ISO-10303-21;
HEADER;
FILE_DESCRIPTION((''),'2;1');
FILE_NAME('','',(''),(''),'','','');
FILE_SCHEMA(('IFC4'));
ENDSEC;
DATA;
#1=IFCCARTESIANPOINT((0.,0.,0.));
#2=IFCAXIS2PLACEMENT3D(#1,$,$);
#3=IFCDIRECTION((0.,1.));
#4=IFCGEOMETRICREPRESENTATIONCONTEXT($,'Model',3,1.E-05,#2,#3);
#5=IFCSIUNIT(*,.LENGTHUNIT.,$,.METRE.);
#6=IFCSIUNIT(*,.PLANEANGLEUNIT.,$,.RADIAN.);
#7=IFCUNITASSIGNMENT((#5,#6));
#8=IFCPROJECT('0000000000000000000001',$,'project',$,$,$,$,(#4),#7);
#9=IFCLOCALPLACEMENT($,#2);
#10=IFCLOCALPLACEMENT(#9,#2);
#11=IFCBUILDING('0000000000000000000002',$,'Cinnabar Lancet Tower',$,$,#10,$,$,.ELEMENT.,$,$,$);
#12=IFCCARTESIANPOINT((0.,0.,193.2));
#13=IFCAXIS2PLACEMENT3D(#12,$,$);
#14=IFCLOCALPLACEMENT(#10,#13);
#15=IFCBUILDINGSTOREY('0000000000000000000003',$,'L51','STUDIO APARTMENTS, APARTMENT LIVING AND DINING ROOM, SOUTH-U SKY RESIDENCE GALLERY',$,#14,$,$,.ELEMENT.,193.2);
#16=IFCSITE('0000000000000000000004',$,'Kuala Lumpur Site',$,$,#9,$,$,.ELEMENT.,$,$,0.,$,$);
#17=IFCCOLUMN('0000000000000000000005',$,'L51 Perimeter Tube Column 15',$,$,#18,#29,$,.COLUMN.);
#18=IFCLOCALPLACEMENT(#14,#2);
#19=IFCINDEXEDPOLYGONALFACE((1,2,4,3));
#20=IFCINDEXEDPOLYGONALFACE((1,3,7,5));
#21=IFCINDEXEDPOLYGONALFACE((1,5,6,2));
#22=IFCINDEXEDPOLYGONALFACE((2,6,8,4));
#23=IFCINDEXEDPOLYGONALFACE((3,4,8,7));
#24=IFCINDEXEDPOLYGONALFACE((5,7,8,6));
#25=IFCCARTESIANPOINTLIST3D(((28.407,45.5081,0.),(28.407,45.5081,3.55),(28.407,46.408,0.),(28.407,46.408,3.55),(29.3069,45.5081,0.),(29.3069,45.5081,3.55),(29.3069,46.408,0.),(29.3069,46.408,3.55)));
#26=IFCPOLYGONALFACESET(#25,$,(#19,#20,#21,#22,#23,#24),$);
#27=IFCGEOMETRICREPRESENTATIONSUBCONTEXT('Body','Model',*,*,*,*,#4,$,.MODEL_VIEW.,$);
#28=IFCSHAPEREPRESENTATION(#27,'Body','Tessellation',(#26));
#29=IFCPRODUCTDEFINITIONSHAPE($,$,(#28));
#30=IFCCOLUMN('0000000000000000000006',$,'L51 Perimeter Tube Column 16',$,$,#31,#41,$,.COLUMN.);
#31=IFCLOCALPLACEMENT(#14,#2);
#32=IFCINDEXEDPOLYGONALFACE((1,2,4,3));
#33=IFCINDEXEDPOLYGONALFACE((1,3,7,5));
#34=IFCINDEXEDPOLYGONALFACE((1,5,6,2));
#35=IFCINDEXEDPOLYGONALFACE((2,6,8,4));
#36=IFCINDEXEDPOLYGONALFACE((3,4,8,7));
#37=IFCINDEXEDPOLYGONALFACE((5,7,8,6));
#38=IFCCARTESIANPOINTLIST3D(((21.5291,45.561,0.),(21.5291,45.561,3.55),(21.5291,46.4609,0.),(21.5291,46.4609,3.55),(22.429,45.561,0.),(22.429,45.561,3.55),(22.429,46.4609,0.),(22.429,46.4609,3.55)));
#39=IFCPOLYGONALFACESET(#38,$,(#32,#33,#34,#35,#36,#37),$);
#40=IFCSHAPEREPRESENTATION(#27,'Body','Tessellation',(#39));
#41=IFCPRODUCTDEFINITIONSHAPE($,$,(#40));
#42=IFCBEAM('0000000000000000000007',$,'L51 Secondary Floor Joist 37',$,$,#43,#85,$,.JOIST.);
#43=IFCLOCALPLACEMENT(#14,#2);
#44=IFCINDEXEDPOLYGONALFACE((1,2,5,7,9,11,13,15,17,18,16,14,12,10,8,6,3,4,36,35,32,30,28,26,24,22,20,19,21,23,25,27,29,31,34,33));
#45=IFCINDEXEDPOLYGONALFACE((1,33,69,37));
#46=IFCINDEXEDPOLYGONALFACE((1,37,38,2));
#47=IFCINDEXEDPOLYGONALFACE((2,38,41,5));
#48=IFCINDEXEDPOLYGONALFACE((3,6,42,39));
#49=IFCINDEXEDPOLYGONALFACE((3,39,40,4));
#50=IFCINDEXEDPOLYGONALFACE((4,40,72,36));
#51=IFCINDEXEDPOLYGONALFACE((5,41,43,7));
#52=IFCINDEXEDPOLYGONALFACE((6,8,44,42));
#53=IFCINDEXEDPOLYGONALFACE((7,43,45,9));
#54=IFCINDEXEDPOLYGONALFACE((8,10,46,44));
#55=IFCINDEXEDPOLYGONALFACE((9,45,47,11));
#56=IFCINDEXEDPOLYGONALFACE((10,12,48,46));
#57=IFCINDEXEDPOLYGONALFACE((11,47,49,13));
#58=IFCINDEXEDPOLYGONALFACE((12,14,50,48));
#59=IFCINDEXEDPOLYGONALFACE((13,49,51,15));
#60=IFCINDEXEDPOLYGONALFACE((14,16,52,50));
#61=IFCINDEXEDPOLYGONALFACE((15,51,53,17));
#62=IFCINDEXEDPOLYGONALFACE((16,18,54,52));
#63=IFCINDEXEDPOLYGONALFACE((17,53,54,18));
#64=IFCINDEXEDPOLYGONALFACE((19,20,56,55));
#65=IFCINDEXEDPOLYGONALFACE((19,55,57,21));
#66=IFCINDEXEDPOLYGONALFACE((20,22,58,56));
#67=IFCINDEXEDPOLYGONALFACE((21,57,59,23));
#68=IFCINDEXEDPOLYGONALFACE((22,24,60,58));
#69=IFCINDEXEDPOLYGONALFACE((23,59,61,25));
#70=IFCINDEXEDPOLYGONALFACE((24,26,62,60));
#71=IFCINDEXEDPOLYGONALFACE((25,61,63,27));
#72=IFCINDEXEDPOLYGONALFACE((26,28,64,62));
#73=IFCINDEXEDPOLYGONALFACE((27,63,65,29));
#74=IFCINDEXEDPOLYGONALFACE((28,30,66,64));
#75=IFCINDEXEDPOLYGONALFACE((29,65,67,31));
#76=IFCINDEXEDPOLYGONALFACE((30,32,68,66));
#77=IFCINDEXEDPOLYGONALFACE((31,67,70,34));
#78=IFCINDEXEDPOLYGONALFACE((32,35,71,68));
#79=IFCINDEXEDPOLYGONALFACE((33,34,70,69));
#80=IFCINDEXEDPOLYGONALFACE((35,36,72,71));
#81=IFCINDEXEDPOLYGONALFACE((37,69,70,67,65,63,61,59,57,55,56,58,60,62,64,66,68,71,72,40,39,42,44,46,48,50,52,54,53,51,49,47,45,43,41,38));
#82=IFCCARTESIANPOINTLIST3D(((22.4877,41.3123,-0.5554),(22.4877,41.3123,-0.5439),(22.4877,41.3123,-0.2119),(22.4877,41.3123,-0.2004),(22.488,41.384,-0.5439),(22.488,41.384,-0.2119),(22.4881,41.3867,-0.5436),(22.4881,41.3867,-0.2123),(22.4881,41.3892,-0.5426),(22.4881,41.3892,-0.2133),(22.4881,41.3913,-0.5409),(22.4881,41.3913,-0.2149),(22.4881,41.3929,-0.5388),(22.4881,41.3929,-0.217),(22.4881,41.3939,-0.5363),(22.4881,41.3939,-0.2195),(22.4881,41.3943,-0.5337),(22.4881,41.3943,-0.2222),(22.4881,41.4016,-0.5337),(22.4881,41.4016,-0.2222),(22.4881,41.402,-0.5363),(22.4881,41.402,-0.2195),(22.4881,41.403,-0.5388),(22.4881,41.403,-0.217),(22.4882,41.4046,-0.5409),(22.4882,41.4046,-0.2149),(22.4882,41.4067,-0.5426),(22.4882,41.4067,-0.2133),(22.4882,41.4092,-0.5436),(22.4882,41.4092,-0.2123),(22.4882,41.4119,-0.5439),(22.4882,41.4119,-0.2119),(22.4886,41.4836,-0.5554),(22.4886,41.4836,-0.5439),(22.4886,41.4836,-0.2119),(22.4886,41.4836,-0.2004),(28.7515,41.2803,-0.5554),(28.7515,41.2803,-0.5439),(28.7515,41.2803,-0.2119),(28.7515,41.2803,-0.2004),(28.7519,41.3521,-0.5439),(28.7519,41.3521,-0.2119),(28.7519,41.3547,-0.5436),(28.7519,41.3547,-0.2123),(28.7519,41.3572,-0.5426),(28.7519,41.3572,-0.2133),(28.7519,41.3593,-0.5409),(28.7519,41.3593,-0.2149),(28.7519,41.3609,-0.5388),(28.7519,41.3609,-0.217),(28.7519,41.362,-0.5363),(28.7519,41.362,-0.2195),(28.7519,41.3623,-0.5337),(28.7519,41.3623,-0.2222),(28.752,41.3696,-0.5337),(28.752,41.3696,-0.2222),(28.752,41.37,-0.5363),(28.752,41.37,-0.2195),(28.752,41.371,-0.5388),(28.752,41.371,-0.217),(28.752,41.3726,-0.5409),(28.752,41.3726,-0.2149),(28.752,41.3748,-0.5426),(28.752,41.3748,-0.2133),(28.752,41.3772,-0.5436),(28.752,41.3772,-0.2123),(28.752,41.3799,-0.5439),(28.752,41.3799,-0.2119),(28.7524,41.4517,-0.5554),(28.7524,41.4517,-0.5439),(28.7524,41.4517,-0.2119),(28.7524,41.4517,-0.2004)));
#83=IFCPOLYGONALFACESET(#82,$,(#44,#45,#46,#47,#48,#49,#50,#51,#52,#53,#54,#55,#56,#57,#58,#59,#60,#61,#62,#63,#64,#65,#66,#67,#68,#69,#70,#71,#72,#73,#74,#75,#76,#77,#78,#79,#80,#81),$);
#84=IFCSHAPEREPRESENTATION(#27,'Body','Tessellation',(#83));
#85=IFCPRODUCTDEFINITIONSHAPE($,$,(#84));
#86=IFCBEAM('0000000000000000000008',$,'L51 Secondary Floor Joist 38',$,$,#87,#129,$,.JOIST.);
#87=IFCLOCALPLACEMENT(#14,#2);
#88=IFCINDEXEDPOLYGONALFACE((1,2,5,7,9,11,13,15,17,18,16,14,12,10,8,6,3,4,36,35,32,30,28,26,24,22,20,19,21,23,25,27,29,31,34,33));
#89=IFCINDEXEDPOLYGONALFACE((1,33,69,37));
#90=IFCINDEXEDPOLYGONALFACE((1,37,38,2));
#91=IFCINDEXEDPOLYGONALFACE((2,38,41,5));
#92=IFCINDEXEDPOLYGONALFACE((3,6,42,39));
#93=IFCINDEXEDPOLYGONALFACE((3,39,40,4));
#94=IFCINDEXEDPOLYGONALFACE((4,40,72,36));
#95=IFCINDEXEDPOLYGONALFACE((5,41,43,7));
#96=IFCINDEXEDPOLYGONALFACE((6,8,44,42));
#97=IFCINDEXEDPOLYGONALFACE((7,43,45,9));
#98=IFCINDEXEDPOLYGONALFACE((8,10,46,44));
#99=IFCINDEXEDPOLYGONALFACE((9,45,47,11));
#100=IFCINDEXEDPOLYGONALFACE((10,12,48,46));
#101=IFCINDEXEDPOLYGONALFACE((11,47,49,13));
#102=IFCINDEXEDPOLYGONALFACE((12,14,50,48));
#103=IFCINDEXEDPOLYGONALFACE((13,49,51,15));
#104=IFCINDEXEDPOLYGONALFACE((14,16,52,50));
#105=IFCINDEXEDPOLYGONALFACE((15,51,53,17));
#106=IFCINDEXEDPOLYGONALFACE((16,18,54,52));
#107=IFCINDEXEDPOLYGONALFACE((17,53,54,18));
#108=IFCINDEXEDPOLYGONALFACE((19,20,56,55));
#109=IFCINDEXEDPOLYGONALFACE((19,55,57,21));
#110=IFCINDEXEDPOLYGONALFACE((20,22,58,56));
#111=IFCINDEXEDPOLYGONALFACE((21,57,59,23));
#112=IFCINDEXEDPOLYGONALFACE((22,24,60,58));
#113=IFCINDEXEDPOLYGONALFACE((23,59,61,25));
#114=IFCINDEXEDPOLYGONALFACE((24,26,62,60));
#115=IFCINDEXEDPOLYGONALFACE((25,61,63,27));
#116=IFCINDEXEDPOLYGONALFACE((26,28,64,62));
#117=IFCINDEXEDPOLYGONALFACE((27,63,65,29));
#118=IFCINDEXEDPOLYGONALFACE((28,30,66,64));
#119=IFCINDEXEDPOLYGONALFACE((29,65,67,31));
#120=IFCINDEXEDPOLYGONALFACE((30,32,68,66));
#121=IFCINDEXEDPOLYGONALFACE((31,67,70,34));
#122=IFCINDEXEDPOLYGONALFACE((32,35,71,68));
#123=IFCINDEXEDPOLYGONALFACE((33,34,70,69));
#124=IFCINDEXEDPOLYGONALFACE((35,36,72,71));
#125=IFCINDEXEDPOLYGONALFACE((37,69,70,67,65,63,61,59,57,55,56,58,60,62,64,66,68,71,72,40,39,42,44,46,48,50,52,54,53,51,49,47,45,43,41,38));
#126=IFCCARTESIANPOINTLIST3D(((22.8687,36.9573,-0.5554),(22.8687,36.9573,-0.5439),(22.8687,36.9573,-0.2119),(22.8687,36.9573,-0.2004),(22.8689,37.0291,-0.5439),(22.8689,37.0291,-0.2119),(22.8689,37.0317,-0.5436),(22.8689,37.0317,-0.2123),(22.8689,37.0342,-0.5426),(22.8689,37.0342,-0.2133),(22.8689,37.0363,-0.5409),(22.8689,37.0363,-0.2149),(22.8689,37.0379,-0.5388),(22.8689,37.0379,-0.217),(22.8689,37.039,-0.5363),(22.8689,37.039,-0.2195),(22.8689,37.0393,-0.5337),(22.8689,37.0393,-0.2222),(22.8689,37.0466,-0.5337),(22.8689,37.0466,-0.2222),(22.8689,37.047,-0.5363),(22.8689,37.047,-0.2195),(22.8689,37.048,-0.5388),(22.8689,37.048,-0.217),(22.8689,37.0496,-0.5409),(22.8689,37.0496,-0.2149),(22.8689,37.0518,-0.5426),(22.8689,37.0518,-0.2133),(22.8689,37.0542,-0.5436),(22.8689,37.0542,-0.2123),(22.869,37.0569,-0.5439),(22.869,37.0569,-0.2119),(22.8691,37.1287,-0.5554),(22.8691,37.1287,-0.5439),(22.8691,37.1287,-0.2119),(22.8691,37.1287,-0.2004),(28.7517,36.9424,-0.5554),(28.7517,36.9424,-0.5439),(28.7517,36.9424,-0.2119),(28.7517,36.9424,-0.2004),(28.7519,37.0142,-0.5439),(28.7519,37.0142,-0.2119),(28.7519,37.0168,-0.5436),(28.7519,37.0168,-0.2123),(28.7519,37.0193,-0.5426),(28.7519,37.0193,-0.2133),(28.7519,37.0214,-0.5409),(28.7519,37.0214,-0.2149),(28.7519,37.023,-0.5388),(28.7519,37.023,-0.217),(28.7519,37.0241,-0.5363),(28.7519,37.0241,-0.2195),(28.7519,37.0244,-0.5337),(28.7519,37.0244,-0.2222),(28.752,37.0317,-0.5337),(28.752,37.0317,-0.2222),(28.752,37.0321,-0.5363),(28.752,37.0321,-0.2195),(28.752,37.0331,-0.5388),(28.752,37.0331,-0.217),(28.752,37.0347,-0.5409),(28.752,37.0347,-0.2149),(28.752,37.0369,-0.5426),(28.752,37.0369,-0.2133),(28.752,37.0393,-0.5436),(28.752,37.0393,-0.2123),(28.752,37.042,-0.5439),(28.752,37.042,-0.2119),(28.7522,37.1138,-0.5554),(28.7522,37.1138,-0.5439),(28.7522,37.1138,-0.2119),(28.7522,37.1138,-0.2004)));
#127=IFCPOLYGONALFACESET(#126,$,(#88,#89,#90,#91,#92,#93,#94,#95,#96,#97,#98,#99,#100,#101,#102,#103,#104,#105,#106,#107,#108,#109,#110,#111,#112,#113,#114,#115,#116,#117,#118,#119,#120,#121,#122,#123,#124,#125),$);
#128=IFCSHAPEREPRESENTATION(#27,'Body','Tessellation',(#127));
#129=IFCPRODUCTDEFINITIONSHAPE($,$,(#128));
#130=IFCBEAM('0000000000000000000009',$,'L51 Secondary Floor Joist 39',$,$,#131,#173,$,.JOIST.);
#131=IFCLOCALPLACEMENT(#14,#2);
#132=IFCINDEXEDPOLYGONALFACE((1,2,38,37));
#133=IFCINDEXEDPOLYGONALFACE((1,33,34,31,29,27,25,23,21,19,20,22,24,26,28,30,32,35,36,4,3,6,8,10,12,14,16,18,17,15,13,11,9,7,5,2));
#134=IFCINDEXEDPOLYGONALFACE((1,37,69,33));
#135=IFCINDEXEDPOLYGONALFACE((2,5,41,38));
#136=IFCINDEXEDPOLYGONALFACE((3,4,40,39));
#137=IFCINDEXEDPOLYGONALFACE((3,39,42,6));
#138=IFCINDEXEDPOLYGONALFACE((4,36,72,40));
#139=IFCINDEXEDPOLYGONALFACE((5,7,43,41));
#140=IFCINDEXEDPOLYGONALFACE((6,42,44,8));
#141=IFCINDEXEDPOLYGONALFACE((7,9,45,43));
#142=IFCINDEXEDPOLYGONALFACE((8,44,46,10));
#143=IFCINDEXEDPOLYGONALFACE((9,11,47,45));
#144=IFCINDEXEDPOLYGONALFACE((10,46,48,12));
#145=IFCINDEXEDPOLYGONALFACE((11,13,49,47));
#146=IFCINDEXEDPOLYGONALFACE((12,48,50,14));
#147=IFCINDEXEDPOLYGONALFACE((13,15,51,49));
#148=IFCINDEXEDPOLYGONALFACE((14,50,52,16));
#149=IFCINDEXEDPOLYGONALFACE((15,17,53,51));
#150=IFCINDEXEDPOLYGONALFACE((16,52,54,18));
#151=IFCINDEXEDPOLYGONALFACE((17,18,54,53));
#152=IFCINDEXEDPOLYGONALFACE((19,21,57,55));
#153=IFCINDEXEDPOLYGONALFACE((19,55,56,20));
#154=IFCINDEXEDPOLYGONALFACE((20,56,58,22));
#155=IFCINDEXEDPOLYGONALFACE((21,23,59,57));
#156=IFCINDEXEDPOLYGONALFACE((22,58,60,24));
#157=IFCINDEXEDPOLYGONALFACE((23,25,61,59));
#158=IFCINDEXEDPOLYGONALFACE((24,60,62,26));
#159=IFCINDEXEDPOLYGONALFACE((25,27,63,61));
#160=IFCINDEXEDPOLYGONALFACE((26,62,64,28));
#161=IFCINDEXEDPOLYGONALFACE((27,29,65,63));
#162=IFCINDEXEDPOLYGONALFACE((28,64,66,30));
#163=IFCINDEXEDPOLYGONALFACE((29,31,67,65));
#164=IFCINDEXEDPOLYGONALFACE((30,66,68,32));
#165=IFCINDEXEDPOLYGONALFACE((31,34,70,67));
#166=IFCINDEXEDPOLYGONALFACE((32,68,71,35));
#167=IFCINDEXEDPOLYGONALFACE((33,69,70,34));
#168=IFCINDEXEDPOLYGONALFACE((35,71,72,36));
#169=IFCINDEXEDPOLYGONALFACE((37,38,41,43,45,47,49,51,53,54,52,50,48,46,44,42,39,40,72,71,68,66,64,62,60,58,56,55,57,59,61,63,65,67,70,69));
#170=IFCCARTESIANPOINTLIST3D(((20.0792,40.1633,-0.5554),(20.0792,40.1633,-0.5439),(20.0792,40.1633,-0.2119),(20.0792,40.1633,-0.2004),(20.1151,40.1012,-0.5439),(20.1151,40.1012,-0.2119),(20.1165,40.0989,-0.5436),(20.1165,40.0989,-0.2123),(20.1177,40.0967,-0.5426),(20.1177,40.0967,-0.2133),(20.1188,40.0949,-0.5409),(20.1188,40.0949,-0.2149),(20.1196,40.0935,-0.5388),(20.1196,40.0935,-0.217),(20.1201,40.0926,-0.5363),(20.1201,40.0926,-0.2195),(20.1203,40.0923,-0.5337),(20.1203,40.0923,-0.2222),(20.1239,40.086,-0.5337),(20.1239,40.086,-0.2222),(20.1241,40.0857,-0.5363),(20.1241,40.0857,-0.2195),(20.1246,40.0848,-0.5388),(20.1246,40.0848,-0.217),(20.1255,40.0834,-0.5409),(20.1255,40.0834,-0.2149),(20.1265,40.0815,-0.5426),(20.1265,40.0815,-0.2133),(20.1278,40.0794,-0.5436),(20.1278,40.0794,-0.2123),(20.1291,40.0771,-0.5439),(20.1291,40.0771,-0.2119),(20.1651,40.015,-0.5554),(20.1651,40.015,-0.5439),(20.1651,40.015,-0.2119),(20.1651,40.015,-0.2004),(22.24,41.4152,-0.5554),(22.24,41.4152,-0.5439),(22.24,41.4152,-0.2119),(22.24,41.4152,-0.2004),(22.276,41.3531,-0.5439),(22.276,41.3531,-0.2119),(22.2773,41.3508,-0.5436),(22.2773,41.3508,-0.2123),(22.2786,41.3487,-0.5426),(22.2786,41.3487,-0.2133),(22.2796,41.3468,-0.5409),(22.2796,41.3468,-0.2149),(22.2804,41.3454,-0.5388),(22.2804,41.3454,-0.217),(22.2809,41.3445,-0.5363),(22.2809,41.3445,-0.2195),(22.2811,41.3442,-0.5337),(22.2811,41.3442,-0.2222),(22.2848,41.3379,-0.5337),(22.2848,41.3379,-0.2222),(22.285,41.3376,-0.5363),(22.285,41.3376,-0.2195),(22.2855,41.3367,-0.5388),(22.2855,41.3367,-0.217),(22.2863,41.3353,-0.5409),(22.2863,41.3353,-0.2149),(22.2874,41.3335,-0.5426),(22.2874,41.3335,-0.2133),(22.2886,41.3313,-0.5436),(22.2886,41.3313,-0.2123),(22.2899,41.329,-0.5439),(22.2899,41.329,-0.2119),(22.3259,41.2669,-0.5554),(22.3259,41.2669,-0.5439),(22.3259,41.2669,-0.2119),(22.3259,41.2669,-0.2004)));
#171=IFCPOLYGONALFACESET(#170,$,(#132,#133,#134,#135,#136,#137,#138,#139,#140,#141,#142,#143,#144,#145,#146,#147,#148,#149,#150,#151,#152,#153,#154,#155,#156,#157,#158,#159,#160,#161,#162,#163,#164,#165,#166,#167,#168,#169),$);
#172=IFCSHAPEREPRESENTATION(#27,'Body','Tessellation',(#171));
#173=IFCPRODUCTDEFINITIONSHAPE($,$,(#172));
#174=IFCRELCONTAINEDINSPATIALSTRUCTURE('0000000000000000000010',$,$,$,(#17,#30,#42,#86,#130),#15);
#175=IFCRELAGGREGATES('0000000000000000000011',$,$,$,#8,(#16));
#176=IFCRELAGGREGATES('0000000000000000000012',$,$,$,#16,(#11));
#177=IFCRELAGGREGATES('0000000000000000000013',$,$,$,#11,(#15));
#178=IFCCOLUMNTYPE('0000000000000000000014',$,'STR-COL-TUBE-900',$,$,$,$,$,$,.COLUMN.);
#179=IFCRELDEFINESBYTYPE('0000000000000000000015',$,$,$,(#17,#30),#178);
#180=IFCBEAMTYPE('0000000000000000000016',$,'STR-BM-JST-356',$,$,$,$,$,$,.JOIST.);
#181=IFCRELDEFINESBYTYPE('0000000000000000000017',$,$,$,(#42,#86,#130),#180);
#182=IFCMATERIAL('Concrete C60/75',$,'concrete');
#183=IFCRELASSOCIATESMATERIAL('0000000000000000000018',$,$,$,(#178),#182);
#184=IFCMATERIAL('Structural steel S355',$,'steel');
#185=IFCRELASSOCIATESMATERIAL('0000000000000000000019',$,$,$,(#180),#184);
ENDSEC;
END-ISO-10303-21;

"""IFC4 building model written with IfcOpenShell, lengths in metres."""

from ifc_helpers import new_model, si_unit, direction, frame, origin, origin_2d, place, context, subcontext, project, spatial, rectangle, i_section, extrude, material, material_profile, profile_set, type_object, element, save


model = new_model("IFC4")

# Units and contexts
model_context = context("Model", 3, precision=1e-05, world=origin(), true_north=direction((0.0, 1.0)))
body_context = subcontext(model_context, "Body", "Model", "MODEL_VIEW")
ifc_project = project(units=[si_unit("LENGTHUNIT", "METRE"), si_unit("PLANEANGLEUNIT", "RADIAN")], contexts=[model_context])

# Site, building, storey
site_placement = place(None, origin())
site = spatial("IfcSite", under=ifc_project, at=site_placement, Name="Kuala Lumpur Site", CompositionType="ELEMENT", RefElevation=0.0)
building_placement = place(site_placement, origin())
building = spatial("IfcBuilding", under=site, at=building_placement, Name="Cinnabar Lancet Tower", CompositionType="ELEMENT")
storey_placement = place(building_placement, frame((0.0, 0.0, 193.2)))
storey = spatial("IfcBuildingStorey", under=building, at=storey_placement, Name="L51", Description="STUDIO APARTMENTS, APARTMENT LIVING AND DINING ROOM, SOUTH-U SKY RESIDENCE GALLERY", CompositionType="ELEMENT", Elevation=193.2)

# Columns
ifc_material_1 = material(Name="Concrete C60/75", Category="concrete")
ifc_material_profile_1 = material_profile(ifc_material_1, rectangle(XDim=0.8999, YDim=0.8999, at=origin_2d()), Name="RC-COL 900x900")
ifc_profile_set_1 = profile_set([ifc_material_profile_1], Name="Concrete C60/75")
column_type = type_object("IfcColumnType", Name="STR-COL-TUBE-900", PredefinedType="COLUMN", material=ifc_profile_set_1)
for number, where, z_axis, x_axis, name in (
    (1, (28.8569, 45.958, 0.0), (0.0, 0.0, 1.0), (1.0, 0.0, 0.0), "L51 Perimeter Tube Column 15"),
    (2, (21.979, 46.011, 0.0), (0.0, 0.0, 1.0), (1.0, 0.0, 0.0), "L51 Perimeter Tube Column 16"),
):
    element("IfcColumn", number, at=place(storey_placement, frame(where, z_axis=z_axis, x_axis=x_axis)), inside=storey, type_object=column_type, Name=name, PredefinedType="COLUMN", context=body_context, shape_type="SweptSolid", body=[
        extrude(rectangle(XDim=0.8999, YDim=0.8999, at=origin_2d()), origin(), (0.0, 0.0, 1.0), 3.55),
    ])

# Beams
ifc_material_2 = material(Name="Structural steel S355", Category="steel")
ifc_material_profile_2 = material_profile(ifc_material_2, i_section(OverallWidth=0.1714, OverallDepth=0.355, WebThickness=0.0073, FlangeThickness=0.0115, FilletRadius=0.0103, at=origin_2d()), Name="UKB 356x171x51")
ifc_profile_set_2 = profile_set([ifc_material_profile_2], Name="Structural steel S355")
beam_type_1 = type_object("IfcBeamType", Name="STR-BM-JST-356", PredefinedType="JOIST", material=ifc_profile_set_2)
beam_1_placement = place(storey_placement, frame((28.752, 41.366, -0.3779), z_axis=(-0.999987, 0.005106, 0.0), x_axis=(-0.005106, -0.999987, 0.0)))
element("IfcBeam", 3, at=beam_1_placement, inside=storey, type_object=beam_type_1, Name="L51 Secondary Floor Joist 37", PredefinedType="JOIST", context=body_context, shape_type="SweptSolid", body=[
    extrude(i_section(OverallWidth=0.1714, OverallDepth=0.355, WebThickness=0.0073, FlangeThickness=0.0115, FilletRadius=0.0103, at=origin_2d()), origin(), (0.0, 0.0, 1.0), 6.2639),
])
beam_2_placement = place(storey_placement, frame((28.752, 37.0281, -0.3779), z_axis=(-0.999997, 0.002531, 0.0), x_axis=(-0.002531, -0.999997, 0.0)))
element("IfcBeam", 4, at=beam_2_placement, inside=storey, type_object=beam_type_1, Name="L51 Secondary Floor Joist 38", PredefinedType="JOIST", context=body_context, shape_type="SweptSolid", body=[
    extrude(i_section(OverallWidth=0.1714, OverallDepth=0.355, WebThickness=0.0073, FlangeThickness=0.0115, FilletRadius=0.0103, at=origin_2d()), origin(), (0.0, 0.0, 1.0), 5.8831),
])
beam_3_placement = place(storey_placement, frame((22.283, 41.3411, -0.3779), z_axis=(-0.865268, -0.50131, 0.0), x_axis=(0.50131, -0.865268, 0.0)))
element("IfcBeam", 5, at=beam_3_placement, inside=storey, type_object=beam_type_1, Name="L51 Secondary Floor Joist 39", PredefinedType="JOIST", context=body_context, shape_type="SweptSolid", body=[
    extrude(i_section(OverallWidth=0.1714, OverallDepth=0.355, WebThickness=0.0073, FlangeThickness=0.0115, FilletRadius=0.0103, at=origin_2d()), origin(), (0.0, 0.0, 1.0), 2.4973),
])

save(model, "model.ifc")
